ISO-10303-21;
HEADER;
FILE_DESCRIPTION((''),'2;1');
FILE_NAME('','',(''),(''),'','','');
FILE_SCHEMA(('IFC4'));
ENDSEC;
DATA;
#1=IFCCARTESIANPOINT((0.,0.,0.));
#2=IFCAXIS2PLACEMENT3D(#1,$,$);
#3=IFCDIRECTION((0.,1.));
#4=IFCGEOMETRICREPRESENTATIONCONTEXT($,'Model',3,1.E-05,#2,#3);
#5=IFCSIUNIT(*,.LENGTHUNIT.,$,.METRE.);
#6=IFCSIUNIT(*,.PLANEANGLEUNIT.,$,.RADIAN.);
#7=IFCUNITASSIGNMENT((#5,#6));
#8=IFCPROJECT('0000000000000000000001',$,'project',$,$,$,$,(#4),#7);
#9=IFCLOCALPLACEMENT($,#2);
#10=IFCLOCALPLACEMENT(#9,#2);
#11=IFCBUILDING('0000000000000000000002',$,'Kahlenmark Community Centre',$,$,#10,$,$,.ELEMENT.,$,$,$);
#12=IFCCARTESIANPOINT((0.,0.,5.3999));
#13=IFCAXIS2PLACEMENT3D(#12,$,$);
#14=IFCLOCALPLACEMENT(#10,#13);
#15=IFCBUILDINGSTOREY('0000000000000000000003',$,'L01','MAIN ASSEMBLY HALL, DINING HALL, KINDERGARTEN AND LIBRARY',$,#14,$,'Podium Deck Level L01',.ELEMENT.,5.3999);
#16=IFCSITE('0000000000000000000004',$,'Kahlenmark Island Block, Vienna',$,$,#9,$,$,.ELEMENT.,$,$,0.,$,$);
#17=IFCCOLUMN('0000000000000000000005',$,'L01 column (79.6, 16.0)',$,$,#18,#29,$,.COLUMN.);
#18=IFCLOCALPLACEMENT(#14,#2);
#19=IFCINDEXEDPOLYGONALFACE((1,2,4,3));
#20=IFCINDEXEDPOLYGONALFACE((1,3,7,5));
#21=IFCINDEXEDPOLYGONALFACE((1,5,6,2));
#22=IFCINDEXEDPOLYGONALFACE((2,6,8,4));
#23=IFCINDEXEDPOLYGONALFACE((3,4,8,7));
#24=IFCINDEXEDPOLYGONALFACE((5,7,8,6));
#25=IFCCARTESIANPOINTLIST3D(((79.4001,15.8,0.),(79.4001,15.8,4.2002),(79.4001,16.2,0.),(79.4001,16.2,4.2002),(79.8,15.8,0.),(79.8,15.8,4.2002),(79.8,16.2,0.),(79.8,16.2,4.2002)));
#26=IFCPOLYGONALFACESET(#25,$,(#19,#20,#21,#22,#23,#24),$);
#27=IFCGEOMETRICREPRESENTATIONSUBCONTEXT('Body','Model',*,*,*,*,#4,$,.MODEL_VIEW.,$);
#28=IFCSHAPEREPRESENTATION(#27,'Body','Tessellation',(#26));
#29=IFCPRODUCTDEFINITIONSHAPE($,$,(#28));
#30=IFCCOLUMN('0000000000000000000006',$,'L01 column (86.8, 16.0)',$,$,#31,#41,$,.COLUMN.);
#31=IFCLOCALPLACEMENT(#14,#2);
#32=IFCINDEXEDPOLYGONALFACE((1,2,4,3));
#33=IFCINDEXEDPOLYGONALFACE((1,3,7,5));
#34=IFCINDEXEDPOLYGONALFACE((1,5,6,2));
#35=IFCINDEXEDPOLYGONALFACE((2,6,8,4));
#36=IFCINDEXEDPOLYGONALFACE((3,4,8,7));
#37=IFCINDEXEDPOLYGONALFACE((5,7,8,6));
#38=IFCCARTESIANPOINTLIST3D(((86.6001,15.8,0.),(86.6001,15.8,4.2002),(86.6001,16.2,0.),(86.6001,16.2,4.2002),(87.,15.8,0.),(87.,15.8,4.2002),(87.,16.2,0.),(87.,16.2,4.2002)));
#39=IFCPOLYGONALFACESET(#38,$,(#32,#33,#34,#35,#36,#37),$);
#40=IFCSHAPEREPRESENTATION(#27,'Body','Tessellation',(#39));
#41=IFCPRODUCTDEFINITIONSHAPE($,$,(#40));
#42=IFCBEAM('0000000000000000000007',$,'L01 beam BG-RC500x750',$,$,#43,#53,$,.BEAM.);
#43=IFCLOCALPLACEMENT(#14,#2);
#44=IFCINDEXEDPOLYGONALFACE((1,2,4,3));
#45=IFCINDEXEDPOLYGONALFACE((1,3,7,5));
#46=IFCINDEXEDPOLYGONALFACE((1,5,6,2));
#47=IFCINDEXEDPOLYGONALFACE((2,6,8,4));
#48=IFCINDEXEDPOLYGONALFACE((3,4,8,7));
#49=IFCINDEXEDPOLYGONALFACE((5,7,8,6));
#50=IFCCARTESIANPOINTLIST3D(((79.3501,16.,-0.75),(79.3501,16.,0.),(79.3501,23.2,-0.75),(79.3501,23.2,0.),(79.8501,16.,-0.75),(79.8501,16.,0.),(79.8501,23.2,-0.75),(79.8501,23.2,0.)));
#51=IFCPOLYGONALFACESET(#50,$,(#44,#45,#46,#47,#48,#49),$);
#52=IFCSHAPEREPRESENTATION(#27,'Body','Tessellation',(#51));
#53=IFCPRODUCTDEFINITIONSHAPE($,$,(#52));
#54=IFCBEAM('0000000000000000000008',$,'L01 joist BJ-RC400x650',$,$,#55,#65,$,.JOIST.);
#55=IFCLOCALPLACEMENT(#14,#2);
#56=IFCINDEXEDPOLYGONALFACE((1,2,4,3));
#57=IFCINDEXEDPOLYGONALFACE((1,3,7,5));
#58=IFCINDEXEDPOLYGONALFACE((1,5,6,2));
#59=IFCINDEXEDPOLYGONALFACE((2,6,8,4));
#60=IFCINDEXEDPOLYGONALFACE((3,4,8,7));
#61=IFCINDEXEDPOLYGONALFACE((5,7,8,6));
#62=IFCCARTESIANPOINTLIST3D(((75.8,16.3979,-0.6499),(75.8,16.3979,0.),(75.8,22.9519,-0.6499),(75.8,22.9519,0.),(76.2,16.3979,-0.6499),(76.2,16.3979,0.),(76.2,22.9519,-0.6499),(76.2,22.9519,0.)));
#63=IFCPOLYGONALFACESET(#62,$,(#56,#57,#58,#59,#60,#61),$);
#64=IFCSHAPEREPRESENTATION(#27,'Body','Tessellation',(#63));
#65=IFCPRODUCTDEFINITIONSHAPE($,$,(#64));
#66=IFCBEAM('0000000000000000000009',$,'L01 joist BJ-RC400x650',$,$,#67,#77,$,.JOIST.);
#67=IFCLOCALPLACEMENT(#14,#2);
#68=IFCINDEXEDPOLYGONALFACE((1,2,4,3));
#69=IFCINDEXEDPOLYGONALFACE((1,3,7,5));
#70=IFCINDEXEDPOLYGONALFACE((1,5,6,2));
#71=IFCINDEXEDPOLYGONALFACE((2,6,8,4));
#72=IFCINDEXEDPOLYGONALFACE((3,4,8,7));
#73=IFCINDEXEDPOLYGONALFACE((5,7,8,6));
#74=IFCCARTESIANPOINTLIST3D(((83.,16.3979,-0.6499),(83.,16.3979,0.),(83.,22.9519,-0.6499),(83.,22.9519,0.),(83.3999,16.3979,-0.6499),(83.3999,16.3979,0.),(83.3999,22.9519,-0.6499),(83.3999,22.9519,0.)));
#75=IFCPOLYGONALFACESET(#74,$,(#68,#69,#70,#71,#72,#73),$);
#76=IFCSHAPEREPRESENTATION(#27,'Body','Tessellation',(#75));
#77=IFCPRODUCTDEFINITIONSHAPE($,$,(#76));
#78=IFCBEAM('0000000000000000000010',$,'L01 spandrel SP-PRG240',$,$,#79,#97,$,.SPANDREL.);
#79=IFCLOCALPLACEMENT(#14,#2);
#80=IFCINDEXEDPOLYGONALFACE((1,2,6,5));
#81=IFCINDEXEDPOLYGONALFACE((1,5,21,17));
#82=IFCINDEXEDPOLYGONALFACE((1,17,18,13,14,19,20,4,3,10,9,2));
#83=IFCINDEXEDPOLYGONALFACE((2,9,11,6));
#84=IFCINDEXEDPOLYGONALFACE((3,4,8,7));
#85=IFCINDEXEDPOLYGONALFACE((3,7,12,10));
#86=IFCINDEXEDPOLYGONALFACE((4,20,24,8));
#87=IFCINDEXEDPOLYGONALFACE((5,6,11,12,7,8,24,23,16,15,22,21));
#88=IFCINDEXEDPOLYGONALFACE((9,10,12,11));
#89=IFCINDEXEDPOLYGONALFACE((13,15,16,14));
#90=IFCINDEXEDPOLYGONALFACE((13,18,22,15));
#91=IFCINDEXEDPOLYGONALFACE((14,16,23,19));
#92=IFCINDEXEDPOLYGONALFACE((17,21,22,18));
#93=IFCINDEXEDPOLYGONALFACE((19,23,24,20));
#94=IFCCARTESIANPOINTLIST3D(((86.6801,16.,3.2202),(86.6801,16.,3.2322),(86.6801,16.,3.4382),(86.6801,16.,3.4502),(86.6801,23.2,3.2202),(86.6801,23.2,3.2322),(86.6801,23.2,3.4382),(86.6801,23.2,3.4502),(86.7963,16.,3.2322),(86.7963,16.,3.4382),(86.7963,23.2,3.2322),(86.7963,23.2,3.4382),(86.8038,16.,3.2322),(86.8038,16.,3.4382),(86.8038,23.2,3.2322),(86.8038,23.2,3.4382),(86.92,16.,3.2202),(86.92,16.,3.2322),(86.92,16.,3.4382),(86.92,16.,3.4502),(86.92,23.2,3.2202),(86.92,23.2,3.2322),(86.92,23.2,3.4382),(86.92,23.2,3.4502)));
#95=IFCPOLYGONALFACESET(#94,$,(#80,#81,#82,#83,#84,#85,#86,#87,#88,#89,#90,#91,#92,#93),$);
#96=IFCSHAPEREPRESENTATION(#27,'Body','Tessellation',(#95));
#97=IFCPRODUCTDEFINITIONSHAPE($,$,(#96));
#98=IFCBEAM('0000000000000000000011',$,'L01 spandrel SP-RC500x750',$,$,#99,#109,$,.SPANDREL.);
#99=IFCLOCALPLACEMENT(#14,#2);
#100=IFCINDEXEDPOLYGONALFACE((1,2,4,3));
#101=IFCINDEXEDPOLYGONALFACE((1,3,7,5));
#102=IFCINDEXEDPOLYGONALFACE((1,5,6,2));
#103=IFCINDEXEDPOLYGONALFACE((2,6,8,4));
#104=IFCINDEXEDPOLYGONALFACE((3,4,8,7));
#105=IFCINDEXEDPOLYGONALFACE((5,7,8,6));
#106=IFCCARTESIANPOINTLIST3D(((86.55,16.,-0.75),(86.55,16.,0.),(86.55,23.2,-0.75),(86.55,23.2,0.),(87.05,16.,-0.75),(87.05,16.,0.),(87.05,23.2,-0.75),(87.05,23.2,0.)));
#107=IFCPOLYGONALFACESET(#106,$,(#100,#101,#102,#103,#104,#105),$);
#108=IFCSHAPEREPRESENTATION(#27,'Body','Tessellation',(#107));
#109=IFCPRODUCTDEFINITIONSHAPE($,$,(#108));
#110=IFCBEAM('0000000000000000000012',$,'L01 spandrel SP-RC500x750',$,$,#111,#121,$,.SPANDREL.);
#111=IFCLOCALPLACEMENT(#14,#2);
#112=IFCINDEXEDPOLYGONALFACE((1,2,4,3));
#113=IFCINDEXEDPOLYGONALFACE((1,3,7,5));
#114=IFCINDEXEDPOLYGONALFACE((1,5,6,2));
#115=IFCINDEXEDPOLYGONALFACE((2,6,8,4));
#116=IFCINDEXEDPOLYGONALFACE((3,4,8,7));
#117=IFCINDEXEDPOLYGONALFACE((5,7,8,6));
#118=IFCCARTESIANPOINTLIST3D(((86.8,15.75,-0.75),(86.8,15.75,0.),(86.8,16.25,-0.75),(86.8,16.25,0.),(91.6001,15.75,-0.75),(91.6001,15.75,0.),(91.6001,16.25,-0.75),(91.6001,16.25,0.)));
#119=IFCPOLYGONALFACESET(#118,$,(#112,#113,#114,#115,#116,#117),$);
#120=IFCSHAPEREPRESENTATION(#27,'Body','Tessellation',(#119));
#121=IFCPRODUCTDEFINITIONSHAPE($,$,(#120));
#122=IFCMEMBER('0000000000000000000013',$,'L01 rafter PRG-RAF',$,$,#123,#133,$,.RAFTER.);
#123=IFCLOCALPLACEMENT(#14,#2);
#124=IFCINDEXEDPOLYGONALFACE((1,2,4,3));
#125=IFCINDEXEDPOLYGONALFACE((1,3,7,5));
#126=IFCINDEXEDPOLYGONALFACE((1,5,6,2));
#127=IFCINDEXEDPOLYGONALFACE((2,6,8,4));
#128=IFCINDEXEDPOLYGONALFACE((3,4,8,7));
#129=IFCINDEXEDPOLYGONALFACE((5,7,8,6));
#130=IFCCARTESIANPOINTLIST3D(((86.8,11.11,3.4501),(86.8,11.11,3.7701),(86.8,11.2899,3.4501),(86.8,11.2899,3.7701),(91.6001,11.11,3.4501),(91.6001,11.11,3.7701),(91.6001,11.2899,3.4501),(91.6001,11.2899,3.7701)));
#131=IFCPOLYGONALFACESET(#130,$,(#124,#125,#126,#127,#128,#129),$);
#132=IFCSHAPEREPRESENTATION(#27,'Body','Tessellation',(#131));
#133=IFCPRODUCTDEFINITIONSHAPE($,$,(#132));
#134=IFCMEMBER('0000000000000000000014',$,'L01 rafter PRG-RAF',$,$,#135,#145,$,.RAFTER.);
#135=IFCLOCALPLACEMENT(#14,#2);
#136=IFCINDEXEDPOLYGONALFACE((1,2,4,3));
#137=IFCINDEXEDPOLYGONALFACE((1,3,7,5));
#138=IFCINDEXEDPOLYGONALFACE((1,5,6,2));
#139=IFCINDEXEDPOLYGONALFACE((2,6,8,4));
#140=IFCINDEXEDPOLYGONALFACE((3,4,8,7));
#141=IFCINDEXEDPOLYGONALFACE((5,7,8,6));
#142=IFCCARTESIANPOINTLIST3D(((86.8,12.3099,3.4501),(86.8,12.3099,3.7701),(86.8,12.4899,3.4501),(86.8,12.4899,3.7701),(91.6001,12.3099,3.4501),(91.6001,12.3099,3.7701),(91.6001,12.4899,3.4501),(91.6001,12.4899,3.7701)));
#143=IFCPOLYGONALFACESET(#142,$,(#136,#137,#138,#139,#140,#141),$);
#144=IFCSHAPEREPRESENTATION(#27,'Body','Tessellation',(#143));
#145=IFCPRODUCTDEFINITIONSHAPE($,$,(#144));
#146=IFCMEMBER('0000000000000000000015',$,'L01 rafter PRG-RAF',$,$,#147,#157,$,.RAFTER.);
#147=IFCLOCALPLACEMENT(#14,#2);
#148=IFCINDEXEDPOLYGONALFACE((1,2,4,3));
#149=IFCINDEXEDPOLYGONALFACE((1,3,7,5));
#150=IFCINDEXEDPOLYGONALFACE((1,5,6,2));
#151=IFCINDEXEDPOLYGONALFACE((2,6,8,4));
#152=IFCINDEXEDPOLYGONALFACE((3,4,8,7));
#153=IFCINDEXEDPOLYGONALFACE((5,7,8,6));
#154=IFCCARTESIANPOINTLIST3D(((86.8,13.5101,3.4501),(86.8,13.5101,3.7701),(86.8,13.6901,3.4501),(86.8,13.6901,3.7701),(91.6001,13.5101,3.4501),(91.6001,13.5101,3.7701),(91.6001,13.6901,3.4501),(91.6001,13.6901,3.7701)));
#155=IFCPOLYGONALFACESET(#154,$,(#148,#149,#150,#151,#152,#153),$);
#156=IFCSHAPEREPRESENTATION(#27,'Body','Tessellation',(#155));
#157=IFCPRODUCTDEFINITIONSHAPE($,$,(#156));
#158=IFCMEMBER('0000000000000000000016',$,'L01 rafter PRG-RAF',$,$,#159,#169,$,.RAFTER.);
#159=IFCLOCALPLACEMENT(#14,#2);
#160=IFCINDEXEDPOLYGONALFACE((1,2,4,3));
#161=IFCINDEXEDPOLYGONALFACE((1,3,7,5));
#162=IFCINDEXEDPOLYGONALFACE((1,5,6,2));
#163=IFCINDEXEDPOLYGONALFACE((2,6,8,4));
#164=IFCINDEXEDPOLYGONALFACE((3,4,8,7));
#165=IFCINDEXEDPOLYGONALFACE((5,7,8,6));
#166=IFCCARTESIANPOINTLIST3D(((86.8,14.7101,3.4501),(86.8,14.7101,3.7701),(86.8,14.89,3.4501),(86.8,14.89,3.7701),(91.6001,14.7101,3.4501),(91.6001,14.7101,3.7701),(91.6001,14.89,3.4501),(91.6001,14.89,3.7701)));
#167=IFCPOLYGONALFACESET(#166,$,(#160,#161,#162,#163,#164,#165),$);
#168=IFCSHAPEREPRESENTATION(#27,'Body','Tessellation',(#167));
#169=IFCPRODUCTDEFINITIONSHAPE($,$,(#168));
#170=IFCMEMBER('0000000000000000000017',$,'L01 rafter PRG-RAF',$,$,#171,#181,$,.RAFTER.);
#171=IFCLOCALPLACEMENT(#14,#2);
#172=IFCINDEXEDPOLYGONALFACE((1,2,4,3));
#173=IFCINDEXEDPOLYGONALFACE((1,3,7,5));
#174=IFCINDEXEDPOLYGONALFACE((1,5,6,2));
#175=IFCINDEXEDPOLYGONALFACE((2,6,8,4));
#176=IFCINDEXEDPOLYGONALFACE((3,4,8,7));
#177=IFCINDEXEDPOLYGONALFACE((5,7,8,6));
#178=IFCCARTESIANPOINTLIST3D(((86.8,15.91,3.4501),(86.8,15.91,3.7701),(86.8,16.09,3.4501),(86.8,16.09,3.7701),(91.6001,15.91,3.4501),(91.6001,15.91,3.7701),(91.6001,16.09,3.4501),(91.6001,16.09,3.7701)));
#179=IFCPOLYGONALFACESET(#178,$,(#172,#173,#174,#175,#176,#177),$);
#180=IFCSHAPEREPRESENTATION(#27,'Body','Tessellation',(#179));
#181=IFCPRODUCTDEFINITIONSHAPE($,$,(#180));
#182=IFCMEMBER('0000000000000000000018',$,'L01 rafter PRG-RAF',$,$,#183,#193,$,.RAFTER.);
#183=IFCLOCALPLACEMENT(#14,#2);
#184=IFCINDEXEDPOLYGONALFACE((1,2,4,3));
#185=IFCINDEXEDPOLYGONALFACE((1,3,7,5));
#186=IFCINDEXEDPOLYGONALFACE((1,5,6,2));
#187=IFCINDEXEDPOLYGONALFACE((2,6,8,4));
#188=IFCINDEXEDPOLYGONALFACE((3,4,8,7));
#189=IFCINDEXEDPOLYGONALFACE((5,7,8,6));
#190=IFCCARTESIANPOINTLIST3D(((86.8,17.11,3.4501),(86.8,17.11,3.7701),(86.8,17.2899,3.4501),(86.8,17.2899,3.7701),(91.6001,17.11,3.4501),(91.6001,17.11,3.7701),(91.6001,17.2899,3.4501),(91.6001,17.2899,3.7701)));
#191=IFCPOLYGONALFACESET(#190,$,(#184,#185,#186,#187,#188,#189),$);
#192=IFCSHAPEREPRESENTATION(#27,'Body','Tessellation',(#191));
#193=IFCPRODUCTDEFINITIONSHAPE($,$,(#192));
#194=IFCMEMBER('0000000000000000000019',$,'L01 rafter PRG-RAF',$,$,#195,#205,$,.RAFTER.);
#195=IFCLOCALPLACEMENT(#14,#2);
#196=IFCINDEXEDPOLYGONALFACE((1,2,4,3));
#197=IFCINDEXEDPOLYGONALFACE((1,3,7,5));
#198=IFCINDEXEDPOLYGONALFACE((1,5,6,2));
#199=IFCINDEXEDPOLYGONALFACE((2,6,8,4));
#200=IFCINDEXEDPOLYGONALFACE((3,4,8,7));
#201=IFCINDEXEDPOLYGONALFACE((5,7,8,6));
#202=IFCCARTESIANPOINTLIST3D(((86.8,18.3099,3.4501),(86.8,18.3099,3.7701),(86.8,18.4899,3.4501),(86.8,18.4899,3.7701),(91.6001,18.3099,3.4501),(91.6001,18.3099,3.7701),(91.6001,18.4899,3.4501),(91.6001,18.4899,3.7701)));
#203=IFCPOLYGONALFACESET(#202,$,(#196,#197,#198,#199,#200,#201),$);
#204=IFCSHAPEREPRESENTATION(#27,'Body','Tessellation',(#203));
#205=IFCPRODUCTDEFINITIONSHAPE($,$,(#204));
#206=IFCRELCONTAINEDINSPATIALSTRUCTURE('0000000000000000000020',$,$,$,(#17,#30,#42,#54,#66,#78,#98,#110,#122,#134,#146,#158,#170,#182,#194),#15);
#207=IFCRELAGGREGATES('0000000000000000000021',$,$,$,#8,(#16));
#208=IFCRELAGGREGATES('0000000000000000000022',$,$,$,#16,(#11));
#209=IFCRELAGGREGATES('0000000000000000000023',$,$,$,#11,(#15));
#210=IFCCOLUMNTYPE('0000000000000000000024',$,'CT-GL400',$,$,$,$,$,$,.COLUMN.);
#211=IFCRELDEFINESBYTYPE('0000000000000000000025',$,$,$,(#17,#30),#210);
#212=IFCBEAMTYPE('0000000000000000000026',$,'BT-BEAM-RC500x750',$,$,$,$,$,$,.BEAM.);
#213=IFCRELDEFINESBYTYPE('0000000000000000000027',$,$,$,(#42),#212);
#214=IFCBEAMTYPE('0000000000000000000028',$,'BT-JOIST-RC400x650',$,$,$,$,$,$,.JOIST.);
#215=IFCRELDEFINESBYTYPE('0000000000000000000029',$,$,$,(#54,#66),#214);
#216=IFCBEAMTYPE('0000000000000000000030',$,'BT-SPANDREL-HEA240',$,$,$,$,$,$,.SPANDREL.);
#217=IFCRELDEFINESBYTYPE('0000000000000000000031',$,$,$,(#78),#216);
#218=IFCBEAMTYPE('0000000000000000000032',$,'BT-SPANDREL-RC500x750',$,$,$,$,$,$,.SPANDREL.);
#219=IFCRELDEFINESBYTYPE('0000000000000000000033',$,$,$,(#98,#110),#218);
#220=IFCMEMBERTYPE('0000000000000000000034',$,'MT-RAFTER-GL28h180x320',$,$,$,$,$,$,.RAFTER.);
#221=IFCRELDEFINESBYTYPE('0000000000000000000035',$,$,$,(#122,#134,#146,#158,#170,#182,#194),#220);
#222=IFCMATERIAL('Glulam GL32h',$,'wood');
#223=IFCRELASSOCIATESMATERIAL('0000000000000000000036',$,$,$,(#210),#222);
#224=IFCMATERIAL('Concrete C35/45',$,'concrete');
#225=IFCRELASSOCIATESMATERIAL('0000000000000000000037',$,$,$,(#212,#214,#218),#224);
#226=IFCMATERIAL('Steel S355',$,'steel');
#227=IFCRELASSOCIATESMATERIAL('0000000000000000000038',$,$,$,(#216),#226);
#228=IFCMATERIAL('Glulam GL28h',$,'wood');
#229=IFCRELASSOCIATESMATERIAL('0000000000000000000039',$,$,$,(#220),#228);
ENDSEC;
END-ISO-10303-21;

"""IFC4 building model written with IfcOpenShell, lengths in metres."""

from ifc_helpers import new_model, si_unit, direction, frame, origin, origin_2d, place, context, subcontext, project, spatial, rectangle, i_section, extrude, material, material_profile, profile_set, type_object, element, save


model = new_model("IFC4")

# Units and contexts
model_context = context("Model", 3, precision=1e-05, world=origin(), true_north=direction((0.0, 1.0)))
body_context = subcontext(model_context, "Body", "Model", "MODEL_VIEW")
ifc_project = project(units=[si_unit("LENGTHUNIT", "METRE"), si_unit("PLANEANGLEUNIT", "RADIAN")], contexts=[model_context])

# Site, building, storey
site_placement = place(None, origin())
site = spatial("IfcSite", under=ifc_project, at=site_placement, Name="Kahlenmark Island Block, Vienna", CompositionType="ELEMENT", RefElevation=0.0)
building_placement = place(site_placement, origin())
building = spatial("IfcBuilding", under=site, at=building_placement, Name="Kahlenmark Community Centre", CompositionType="ELEMENT")
storey_placement = place(building_placement, frame((0.0, 0.0, 5.3999)))
storey = spatial("IfcBuildingStorey", under=building, at=storey_placement, Name="L01", Description="MAIN ASSEMBLY HALL, DINING HALL, KINDERGARTEN AND LIBRARY", LongName="Podium Deck Level L01", CompositionType="ELEMENT", Elevation=5.3999)

# Columns
ifc_material_1 = material(Name="Glulam GL32h", Category="wood")
ifc_material_profile_1 = material_profile(ifc_material_1, rectangle(XDim=0.3999, YDim=0.3999, at=origin_2d()), Name="GL32h 400x400")
ifc_profile_set_1 = profile_set([ifc_material_profile_1], Name="Glulam GL32h")
column_type = type_object("IfcColumnType", Name="CT-GL400", PredefinedType="COLUMN", material=ifc_profile_set_1)
for number, where, z_axis, x_axis, name in (
    (1, (79.6001, 16.0, 0.0), (0.0, 0.0, 1.0), (1.0, 0.0, 0.0), "L01 column (79.6, 16.0)"),
    (2, (86.8, 16.0, 0.0), (0.0, 0.0, 1.0), (1.0, 0.0, 0.0), "L01 column (86.8, 16.0)"),
):
    element("IfcColumn", number, at=place(storey_placement, frame(where, z_axis=z_axis, x_axis=x_axis)), inside=storey, type_object=column_type, Name=name, PredefinedType="COLUMN", context=body_context, shape_type="SweptSolid", body=[
        extrude(rectangle(XDim=0.3999, YDim=0.3999, at=origin_2d()), origin(), (0.0, 0.0, 1.0), 4.2002),
    ])

# Beams
ifc_material_2 = material(Name="Concrete C35/45", Category="concrete")
ifc_material_profile_2 = material_profile(ifc_material_2, rectangle(XDim=0.5, YDim=0.75, at=origin_2d()), Name="RC 500x750")
ifc_profile_set_2 = profile_set([ifc_material_profile_2], Name="Concrete C35/45")
beam_type_1 = type_object("IfcBeamType", Name="BT-BEAM-RC500x750", PredefinedType="BEAM", material=ifc_profile_set_2)
beam_1_placement = place(storey_placement, frame((79.6001, 16.0, -0.375), z_axis=(0.0, 1.0, 0.0), x_axis=(-1.0, 0.0, 0.0)))
element("IfcBeam", 3, at=beam_1_placement, inside=storey, type_object=beam_type_1, Name="L01 beam BG-RC500x750", PredefinedType="BEAM", context=body_context, shape_type="SweptSolid", body=[
    extrude(rectangle(XDim=0.5, YDim=0.75, at=origin_2d()), origin(), (0.0, 0.0, 1.0), 7.2),
])
ifc_material_profile_3 = material_profile(ifc_material_2, rectangle(XDim=0.3999, YDim=0.6499, at=origin_2d()), Name="RC 400x650")
ifc_profile_set_3 = profile_set([ifc_material_profile_3], Name="Concrete C35/45")
beam_type_2 = type_object("IfcBeamType", Name="BT-JOIST-RC400x650", PredefinedType="JOIST", material=ifc_profile_set_3)
for number, where, z_axis, x_axis, name in (
    (4, (76.0, 16.3979, -0.325), (0.0, 1.0, 0.0), (-1.0, 0.0, 0.0), "L01 joist BJ-RC400x650"),
    (5, (83.2, 16.3979, -0.325), (0.0, 1.0, 0.0), (-1.0, 0.0, 0.0), "L01 joist BJ-RC400x650"),
):
    element("IfcBeam", number, at=place(storey_placement, frame(where, z_axis=z_axis, x_axis=x_axis)), inside=storey, type_object=beam_type_2, Name=name, PredefinedType="JOIST", context=body_context, shape_type="SweptSolid", body=[
        extrude(rectangle(XDim=0.3999, YDim=0.6499, at=origin_2d()), origin(), (0.0, 0.0, 1.0), 6.554),
    ])
ifc_material_3 = material(Name="Steel S355", Category="steel")
ifc_material_profile_4 = material_profile(ifc_material_3, i_section(OverallWidth=0.24, OverallDepth=0.23, WebThickness=0.0076, FlangeThickness=0.012, at=origin_2d()), Name="HEA 240")
ifc_profile_set_4 = profile_set([ifc_material_profile_4], Name="Steel S355")
beam_type_3 = type_object("IfcBeamType", Name="BT-SPANDREL-HEA240", PredefinedType="SPANDREL", material=ifc_profile_set_4)
beam_2_placement = place(storey_placement, frame((86.8, 16.0, 3.3352), z_axis=(0.0, 1.0, 0.0), x_axis=(-1.0, 0.0, 0.0)))
element("IfcBeam", 6, at=beam_2_placement, inside=storey, type_object=beam_type_3, Name="L01 spandrel SP-PRG240", PredefinedType="SPANDREL", context=body_context, shape_type="SweptSolid", body=[
    extrude(i_section(OverallWidth=0.24, OverallDepth=0.23, WebThickness=0.0076, FlangeThickness=0.012, at=origin_2d()), origin(), (0.0, 0.0, 1.0), 7.2),
])
ifc_material_profile_5 = material_profile(ifc_material_2, rectangle(XDim=0.5, YDim=0.75, at=origin_2d()), Name="RC 500x750")
ifc_profile_set_5 = profile_set([ifc_material_profile_5], Name="Concrete C35/45")
beam_type_4 = type_object("IfcBeamType", Name="BT-SPANDREL-RC500x750", PredefinedType="SPANDREL", material=ifc_profile_set_5)
beam_3_placement = place(storey_placement, frame((86.8, 16.0, -0.375), z_axis=(0.0, 1.0, 0.0), x_axis=(-1.0, 0.0, 0.0)))
element("IfcBeam", 7, at=beam_3_placement, inside=storey, type_object=beam_type_4, Name="L01 spandrel SP-RC500x750", PredefinedType="SPANDREL", context=body_context, shape_type="SweptSolid", body=[
    extrude(rectangle(XDim=0.5, YDim=0.75, at=origin_2d()), origin(), (0.0, 0.0, 1.0), 7.2),
])
beam_4_placement = place(storey_placement, frame((86.8, 16.0, -0.375), z_axis=(1.0, 0.0, 0.0), x_axis=(0.0, 1.0, 0.0)))
element("IfcBeam", 8, at=beam_4_placement, inside=storey, type_object=beam_type_4, Name="L01 spandrel SP-RC500x750", PredefinedType="SPANDREL", context=body_context, shape_type="SweptSolid", body=[
    extrude(rectangle(XDim=0.5, YDim=0.75, at=origin_2d()), origin(), (0.0, 0.0, 1.0), 4.8),
])

# Members
ifc_material_4 = material(Name="Glulam GL28h", Category="wood")
ifc_material_profile_6 = material_profile(ifc_material_4, rectangle(XDim=0.1799, YDim=0.3201, at=origin_2d()), Name="GL28h 180x320")
ifc_profile_set_6 = profile_set([ifc_material_profile_6], Name="Glulam GL28h")
member_type = type_object("IfcMemberType", Name="MT-RAFTER-GL28h180x320", PredefinedType="RAFTER", material=ifc_profile_set_6)
for number, where, z_axis, x_axis, name in (
    (9, (86.8, 11.2, 3.6101), (1.0, 0.0, 0.0), (0.0, 1.0, 0.0), "L01 rafter PRG-RAF"),
    (10, (86.8, 12.3999, 3.6101), (1.0, 0.0, 0.0), (0.0, 1.0, 0.0), "L01 rafter PRG-RAF"),
    (11, (86.8, 13.6001, 3.6101), (1.0, 0.0, 0.0), (0.0, 1.0, 0.0), "L01 rafter PRG-RAF"),
    (12, (86.8, 14.8, 3.6101), (1.0, 0.0, 0.0), (0.0, 1.0, 0.0), "L01 rafter PRG-RAF"),
    (13, (86.8, 16.0, 3.6101), (1.0, 0.0, 0.0), (0.0, 1.0, 0.0), "L01 rafter PRG-RAF"),
    (14, (86.8, 17.2, 3.6101), (1.0, 0.0, 0.0), (0.0, 1.0, 0.0), "L01 rafter PRG-RAF"),
    (15, (86.8, 18.3999, 3.6101), (1.0, 0.0, 0.0), (0.0, 1.0, 0.0), "L01 rafter PRG-RAF"),
):
    element("IfcMember", number, at=place(storey_placement, frame(where, z_axis=z_axis, x_axis=x_axis)), inside=storey, type_object=member_type, Name=name, PredefinedType="RAFTER", context=body_context, shape_type="SweptSolid", body=[
        extrude(rectangle(XDim=0.1799, YDim=0.3201, at=origin_2d()), origin(), (0.0, 0.0, 1.0), 4.8),
    ])

save(model, "model.ifc")
